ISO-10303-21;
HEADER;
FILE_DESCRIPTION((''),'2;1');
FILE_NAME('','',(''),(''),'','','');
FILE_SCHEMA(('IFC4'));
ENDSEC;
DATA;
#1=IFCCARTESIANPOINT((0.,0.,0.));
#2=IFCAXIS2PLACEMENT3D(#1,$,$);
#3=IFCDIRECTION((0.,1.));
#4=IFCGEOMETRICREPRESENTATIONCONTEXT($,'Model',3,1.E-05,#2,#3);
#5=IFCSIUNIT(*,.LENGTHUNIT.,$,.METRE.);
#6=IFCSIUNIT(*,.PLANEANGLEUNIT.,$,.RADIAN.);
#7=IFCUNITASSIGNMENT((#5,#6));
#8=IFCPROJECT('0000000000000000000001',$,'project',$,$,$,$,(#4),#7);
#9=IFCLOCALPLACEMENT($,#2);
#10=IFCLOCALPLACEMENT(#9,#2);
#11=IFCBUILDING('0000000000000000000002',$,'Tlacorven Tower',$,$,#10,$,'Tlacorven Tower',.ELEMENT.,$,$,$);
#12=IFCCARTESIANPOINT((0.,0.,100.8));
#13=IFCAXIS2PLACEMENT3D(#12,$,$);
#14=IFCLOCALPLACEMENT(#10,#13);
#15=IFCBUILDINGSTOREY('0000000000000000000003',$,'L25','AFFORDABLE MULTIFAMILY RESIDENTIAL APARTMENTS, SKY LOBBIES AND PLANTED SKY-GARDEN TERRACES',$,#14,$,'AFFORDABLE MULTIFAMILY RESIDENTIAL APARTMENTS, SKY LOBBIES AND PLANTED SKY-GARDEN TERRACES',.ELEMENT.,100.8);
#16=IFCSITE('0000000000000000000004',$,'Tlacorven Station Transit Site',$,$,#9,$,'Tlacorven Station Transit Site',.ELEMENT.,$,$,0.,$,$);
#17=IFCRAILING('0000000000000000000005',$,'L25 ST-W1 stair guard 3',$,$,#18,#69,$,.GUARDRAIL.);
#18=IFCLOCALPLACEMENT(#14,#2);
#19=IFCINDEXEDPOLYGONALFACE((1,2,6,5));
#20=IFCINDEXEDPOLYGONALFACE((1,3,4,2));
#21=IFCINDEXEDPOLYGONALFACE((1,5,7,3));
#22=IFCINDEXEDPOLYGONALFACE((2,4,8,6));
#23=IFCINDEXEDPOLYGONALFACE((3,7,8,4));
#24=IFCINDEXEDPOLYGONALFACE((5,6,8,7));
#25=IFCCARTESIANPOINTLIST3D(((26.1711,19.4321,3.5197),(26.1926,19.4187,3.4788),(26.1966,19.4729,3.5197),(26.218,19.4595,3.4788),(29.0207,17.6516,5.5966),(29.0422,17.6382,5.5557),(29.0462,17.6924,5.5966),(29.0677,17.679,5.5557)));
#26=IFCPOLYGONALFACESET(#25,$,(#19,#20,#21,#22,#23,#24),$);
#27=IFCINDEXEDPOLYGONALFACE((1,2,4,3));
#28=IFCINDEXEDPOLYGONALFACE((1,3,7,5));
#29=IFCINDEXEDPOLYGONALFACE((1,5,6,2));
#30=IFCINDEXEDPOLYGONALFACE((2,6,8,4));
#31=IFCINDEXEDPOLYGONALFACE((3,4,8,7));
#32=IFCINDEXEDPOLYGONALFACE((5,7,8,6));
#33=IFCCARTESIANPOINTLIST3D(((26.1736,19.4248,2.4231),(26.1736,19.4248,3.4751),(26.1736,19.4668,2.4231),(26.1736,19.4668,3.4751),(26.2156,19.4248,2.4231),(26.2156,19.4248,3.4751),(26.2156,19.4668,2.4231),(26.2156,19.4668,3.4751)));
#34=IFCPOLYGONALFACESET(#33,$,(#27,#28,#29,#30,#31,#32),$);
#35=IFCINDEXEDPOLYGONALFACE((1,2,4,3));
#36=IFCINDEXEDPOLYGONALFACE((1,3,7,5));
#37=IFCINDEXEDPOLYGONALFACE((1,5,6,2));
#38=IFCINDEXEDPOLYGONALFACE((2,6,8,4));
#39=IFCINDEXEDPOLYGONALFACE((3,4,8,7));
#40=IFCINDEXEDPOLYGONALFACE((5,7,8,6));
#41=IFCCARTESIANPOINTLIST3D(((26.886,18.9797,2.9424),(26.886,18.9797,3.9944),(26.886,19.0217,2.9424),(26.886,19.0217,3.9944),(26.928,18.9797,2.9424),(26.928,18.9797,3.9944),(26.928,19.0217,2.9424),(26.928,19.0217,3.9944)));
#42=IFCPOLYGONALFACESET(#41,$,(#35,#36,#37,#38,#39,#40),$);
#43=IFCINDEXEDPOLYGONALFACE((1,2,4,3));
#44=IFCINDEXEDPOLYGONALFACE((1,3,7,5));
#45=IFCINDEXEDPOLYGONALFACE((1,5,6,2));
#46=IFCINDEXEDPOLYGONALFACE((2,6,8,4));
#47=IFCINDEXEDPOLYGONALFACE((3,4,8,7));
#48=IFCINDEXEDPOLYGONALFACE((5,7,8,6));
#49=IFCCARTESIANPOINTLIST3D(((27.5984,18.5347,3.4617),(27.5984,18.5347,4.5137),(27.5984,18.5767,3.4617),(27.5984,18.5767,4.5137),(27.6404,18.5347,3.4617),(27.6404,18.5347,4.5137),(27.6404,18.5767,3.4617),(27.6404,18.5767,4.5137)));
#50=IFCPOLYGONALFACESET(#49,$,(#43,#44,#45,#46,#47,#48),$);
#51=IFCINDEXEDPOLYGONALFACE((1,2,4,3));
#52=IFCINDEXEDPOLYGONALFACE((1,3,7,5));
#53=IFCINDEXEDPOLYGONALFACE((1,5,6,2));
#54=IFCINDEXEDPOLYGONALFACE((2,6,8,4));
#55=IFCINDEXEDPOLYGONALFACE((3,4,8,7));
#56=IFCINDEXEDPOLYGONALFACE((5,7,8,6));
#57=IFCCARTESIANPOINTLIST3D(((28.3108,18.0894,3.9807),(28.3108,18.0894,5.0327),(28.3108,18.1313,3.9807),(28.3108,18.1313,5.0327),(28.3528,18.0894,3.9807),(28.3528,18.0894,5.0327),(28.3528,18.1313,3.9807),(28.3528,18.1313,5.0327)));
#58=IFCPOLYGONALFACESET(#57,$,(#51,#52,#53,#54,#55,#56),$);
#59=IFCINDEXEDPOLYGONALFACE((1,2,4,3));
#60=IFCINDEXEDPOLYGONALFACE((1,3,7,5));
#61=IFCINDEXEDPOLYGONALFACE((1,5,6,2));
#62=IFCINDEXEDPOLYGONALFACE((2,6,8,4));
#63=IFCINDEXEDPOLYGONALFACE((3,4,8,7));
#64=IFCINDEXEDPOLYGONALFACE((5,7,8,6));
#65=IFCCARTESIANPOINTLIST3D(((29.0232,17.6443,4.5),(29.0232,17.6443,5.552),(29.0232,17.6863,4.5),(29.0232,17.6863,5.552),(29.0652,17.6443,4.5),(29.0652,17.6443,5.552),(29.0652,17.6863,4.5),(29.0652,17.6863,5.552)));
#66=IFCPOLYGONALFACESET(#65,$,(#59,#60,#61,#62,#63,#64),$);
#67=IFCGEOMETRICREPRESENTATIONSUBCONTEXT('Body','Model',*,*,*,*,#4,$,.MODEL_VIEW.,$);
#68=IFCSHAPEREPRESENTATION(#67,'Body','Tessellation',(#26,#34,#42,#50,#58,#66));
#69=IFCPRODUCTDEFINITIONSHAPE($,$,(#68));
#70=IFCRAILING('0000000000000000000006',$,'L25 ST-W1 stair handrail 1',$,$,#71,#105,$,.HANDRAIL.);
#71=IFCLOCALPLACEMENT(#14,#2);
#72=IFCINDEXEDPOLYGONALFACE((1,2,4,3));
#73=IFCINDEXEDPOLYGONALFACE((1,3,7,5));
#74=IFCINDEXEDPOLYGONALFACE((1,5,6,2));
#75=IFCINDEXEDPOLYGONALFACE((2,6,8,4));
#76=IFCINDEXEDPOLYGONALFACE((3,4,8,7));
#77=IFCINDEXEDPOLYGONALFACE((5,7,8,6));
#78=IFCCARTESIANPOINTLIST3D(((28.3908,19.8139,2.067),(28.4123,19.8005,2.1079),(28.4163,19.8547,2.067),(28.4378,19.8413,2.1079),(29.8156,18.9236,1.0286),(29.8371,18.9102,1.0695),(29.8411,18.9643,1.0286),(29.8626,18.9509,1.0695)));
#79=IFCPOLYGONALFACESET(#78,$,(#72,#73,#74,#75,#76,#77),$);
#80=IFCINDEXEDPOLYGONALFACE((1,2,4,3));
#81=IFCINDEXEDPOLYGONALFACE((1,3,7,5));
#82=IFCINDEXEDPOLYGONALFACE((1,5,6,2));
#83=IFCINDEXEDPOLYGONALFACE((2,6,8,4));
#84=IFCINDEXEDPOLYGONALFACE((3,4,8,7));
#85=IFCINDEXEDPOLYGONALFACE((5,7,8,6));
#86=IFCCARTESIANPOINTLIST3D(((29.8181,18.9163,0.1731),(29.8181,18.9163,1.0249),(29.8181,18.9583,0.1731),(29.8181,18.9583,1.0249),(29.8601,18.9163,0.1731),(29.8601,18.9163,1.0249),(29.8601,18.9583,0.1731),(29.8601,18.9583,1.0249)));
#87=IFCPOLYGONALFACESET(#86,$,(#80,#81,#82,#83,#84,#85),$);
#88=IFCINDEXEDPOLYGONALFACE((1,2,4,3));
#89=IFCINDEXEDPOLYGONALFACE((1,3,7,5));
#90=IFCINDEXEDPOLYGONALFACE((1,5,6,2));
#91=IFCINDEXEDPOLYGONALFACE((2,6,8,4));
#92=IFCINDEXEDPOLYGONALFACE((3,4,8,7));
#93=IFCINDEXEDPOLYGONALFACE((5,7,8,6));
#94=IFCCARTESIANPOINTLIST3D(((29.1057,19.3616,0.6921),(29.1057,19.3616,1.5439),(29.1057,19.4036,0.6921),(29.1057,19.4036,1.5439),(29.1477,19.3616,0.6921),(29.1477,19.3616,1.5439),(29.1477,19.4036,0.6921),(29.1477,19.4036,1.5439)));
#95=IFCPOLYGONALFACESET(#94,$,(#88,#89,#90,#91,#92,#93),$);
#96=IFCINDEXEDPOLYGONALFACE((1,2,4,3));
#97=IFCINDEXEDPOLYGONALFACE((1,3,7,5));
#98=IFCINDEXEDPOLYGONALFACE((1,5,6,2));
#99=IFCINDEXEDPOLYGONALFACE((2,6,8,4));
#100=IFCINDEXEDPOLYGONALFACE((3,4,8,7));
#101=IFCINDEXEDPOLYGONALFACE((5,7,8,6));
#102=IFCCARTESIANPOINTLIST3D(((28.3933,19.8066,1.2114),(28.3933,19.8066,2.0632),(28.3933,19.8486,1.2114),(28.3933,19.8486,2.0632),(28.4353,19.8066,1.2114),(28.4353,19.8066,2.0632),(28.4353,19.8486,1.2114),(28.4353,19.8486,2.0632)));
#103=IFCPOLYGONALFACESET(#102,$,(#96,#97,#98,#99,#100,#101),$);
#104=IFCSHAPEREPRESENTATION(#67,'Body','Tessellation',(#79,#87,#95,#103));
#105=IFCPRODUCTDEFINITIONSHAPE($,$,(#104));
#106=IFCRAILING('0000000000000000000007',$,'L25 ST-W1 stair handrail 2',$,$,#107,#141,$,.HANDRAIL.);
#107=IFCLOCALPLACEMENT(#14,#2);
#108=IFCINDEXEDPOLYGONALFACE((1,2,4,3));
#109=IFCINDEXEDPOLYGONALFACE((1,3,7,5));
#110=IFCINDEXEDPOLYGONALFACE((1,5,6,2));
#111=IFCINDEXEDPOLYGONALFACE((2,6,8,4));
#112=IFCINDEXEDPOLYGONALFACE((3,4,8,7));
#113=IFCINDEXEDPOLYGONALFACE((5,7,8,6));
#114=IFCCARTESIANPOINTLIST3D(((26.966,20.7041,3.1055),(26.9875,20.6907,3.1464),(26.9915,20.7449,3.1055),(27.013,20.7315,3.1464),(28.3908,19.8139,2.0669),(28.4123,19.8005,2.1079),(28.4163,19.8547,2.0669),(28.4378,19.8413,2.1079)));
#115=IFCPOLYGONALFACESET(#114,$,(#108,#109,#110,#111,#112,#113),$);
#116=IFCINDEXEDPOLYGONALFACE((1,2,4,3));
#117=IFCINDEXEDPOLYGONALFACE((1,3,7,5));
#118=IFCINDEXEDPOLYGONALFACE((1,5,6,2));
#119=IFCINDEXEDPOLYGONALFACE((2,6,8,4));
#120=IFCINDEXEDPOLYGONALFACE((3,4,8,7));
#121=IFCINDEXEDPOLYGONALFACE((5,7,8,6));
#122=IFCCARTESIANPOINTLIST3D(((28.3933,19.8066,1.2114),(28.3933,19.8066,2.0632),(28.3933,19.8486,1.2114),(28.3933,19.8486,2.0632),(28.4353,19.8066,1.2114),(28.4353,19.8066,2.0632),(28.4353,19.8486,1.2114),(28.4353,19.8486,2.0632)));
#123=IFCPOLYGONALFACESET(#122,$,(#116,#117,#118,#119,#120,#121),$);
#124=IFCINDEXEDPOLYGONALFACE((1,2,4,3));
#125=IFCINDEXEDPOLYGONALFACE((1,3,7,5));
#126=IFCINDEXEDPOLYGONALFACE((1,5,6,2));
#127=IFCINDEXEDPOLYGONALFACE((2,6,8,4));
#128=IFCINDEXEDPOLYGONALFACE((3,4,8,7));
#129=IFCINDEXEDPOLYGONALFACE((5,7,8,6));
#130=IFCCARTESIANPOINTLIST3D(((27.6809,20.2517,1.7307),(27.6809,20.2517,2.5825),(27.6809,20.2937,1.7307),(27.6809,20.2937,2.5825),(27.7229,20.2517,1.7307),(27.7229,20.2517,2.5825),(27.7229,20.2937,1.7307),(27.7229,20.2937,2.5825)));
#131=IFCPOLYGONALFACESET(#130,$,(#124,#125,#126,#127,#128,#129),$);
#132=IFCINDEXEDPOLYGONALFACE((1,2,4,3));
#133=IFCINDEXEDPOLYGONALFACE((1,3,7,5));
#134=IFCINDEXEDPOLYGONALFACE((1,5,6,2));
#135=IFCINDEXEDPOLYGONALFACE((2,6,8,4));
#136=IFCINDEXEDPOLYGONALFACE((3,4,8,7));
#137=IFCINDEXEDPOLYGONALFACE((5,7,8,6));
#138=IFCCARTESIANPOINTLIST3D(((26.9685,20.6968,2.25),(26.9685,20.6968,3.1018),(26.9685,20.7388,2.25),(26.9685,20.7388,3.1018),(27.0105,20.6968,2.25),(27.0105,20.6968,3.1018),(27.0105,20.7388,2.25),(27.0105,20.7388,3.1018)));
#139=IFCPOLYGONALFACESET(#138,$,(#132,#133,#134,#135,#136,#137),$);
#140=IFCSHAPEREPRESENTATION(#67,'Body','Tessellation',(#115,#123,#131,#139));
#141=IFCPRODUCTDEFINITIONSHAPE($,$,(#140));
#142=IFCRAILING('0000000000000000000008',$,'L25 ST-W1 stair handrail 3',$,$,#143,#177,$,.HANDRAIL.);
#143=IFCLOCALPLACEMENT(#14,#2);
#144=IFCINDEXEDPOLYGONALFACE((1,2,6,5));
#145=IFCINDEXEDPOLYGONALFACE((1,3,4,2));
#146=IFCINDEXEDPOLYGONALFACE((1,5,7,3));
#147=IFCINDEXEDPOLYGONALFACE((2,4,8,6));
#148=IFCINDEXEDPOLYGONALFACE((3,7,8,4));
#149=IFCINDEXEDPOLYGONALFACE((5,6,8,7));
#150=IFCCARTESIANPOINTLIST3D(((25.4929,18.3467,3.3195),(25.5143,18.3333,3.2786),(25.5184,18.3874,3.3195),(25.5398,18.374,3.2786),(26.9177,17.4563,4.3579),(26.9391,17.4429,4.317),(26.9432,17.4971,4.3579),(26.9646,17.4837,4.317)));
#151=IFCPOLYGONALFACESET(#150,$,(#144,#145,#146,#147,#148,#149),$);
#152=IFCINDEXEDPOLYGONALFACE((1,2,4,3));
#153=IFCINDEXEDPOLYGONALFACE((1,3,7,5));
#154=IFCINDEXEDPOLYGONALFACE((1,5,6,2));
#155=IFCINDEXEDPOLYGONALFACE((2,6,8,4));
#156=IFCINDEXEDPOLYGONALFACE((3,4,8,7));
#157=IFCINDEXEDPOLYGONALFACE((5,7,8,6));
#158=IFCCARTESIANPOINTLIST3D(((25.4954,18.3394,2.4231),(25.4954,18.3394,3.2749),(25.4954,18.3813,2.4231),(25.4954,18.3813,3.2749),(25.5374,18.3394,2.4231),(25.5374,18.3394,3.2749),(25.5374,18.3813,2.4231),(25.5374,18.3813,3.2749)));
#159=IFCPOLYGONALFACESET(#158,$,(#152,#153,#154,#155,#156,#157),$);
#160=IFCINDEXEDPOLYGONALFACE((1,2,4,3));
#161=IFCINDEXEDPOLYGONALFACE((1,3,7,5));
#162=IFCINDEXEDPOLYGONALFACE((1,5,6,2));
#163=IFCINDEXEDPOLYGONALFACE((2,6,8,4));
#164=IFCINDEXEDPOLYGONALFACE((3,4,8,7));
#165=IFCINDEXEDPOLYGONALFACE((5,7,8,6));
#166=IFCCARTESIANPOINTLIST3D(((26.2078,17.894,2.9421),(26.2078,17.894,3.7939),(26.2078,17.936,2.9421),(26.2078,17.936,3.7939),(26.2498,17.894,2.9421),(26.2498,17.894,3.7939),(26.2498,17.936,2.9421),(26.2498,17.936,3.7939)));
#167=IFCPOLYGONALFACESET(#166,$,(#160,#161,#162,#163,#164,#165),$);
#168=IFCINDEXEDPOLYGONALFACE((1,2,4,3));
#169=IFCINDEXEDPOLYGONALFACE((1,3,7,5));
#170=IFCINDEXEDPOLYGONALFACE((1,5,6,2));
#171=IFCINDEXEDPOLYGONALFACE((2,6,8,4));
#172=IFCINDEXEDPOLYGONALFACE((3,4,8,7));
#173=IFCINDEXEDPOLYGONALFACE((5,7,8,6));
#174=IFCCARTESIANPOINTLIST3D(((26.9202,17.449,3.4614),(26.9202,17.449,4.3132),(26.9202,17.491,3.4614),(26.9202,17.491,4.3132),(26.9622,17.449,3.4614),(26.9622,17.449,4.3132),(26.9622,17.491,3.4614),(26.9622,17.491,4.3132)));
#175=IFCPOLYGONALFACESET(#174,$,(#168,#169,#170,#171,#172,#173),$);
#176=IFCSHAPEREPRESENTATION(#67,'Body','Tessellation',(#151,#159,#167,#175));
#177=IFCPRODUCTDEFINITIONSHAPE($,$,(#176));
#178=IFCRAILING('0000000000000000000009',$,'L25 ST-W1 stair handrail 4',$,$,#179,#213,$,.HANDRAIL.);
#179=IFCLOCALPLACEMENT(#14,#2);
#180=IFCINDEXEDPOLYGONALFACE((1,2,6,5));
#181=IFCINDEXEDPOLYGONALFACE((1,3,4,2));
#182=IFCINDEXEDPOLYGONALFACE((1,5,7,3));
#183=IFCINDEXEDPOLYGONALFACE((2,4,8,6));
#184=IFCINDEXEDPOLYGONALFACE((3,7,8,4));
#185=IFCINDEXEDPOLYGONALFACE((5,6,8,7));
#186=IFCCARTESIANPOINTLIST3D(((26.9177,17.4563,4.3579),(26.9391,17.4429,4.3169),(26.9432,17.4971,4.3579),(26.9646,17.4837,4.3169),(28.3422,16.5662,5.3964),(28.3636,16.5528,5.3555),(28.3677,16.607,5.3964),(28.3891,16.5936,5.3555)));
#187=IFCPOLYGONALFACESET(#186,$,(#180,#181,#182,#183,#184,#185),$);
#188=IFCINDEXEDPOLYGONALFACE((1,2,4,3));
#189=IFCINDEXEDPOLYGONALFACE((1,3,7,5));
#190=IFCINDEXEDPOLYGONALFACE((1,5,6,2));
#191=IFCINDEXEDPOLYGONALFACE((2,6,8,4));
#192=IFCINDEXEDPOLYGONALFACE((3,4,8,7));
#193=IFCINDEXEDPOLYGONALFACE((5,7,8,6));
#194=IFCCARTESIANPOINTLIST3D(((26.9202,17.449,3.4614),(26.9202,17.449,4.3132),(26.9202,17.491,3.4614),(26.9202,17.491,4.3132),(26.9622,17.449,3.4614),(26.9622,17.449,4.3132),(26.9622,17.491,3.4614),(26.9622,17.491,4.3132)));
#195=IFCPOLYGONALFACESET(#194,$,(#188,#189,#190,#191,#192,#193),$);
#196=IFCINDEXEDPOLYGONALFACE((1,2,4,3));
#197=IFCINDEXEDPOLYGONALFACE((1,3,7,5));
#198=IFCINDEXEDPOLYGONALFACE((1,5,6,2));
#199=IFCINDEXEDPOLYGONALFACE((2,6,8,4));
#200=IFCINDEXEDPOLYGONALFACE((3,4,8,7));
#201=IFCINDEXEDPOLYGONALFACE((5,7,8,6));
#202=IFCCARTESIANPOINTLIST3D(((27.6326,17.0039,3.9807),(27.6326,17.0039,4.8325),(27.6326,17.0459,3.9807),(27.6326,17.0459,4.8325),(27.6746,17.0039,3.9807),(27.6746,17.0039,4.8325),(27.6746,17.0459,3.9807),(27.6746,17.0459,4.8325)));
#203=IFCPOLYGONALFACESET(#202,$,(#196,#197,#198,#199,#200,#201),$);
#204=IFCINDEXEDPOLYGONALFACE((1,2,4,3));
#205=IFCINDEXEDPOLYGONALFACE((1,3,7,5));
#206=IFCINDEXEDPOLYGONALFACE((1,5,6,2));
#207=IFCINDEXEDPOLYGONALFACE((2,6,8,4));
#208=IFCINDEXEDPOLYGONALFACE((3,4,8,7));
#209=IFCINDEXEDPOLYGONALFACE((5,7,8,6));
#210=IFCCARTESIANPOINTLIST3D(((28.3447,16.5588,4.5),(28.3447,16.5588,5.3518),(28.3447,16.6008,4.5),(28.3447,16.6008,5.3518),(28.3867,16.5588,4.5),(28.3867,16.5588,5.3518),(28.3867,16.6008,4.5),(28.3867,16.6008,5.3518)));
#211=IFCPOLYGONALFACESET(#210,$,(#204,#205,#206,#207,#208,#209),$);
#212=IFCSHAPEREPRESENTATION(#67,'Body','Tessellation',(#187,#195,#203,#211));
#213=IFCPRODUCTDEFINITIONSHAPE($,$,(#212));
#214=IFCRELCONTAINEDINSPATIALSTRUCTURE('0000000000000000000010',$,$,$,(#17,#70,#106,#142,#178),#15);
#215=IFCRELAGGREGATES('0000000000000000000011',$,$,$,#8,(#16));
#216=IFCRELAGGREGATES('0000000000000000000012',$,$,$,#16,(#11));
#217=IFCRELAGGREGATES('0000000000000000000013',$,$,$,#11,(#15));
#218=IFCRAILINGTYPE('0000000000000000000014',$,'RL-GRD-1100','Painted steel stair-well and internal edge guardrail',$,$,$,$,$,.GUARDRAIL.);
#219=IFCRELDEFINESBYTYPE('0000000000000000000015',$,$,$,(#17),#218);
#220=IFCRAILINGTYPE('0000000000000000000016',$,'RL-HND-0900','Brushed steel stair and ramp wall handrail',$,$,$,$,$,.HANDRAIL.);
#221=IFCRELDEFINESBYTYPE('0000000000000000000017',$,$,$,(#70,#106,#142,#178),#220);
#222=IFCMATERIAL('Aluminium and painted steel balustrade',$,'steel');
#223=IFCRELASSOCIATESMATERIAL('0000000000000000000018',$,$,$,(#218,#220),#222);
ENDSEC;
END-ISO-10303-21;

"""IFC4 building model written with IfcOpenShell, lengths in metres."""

from ifc_helpers import new_model, si_unit, direction, frame, origin, origin_2d, place, context, subcontext, project, spatial, rectangle, extrude, source, transform, mapped, material, type_object, element, save


model = new_model("IFC4")

# Units and contexts
model_context = context("Model", 3, precision=1e-05, world=origin(), true_north=direction((0.0, 1.0)))
body_context = subcontext(model_context, "Body", "Model", "MODEL_VIEW")
ifc_project = project(units=[si_unit("LENGTHUNIT", "METRE"), si_unit("PLANEANGLEUNIT", "RADIAN")], contexts=[model_context])

# Site, building, storey
site_placement = place(None, origin())
site = spatial("IfcSite", under=ifc_project, at=site_placement, Name="Tlacorven Station Transit Site", LongName="Tlacorven Station Transit Site", CompositionType="ELEMENT", RefElevation=0.0)
building_placement = place(site_placement, origin())
building = spatial("IfcBuilding", under=site, at=building_placement, Name="Tlacorven Tower", LongName="Tlacorven Tower", CompositionType="ELEMENT")
storey_placement = place(building_placement, frame((0.0, 0.0, 100.8)))
storey = spatial("IfcBuildingStorey", under=building, at=storey_placement, Name="L25", Description="AFFORDABLE MULTIFAMILY RESIDENTIAL APARTMENTS, SKY LOBBIES AND PLANTED SKY-GARDEN TERRACES", LongName="AFFORDABLE MULTIFAMILY RESIDENTIAL APARTMENTS, SKY LOBBIES AND PLANTED SKY-GARDEN TERRACES", CompositionType="ELEMENT", Elevation=100.8)

# Shared definitions
ifc_material_1 = material(Name="Aluminium and painted steel balustrade", Category="steel")
railing_type_1 = type_object("IfcRailingType", Name="RL-GRD-1100", Description="Painted steel stair-well and internal edge guardrail", PredefinedType="GUARDRAIL", material=ifc_material_1)

# Railings
shared_shape_1 = source(origin(), body_context, "Body", "SweptSolid", [
    extrude(rectangle(XDim=0.0481, YDim=0.0481, at=origin_2d()), frame((0.0, 0.0, 1.0762), z_axis=(0.721384, -0.450742, 0.525772), x_axis=(0.529894, 0.848064, 0.0)), (0.0, 0.0, 1.0), 3.9502),
    extrude(rectangle(XDim=0.042, YDim=0.042, at=origin_2d()), origin(), (0.0, 0.0, 1.0), 1.052),
    extrude(rectangle(XDim=0.042, YDim=0.042, at=origin_2d()), frame((0.7124, -0.4451, 0.5193)), (0.0, 0.0, 1.0), 1.052),
    extrude(rectangle(XDim=0.042, YDim=0.042, at=origin_2d()), frame((1.4248, -0.8901, 1.0386)), (0.0, 0.0, 1.0), 1.052),
    extrude(rectangle(XDim=0.042, YDim=0.042, at=origin_2d()), frame((2.1372, -1.3354, 1.5576)), (0.0, 0.0, 1.0), 1.052),
    extrude(rectangle(XDim=0.042, YDim=0.042, at=origin_2d()), frame((2.8496, -1.7805, 2.0769)), (0.0, 0.0, 1.0), 1.052),
])
railing_1_placement = place(storey_placement, frame((26.1946, 19.4458, 2.4231)))
element("IfcRailing", 1, at=railing_1_placement, inside=storey, type_object=railing_type_1, Name="L25 ST-W1 stair guard 3", PredefinedType="GUARDRAIL", context=body_context, shape_type="MappedRepresentation", body=[
    mapped(shared_shape_1, transform((0.0, 0.0, 0.0), scale=1.0)),
])
railing_type_2 = type_object("IfcRailingType", Name="RL-HND-0900", Description="Brushed steel stair and ramp wall handrail", PredefinedType="HANDRAIL", material=ifc_material_1)
shared_shape_2 = source(origin(), body_context, "Body", "SweptSolid", [
    extrude(rectangle(XDim=0.0481, YDim=0.0481, at=origin_2d()), frame((0.0, 0.0, 0.876), z_axis=(-0.721388, 0.450805, 0.525713), x_axis=(-0.529947, -0.848031, 0.0)), (0.0, 0.0, 1.0), 1.9751),
    extrude(rectangle(XDim=0.042, YDim=0.042, at=origin_2d()), origin(), (0.0, 0.0, 1.0), 0.8518),
    extrude(rectangle(XDim=0.042, YDim=0.042, at=origin_2d()), frame((-0.7124, 0.4453, 0.519)), (0.0, 0.0, 1.0), 0.8518),
    extrude(rectangle(XDim=0.042, YDim=0.042, at=origin_2d()), frame((-1.4248, 0.8904, 1.0383)), (0.0, 0.0, 1.0), 0.8518),
])
railing_2_placement = place(storey_placement, frame((29.8391, 18.9373, 0.1731)))
element("IfcRailing", 2, at=railing_2_placement, inside=storey, type_object=railing_type_2, Name="L25 ST-W1 stair handrail 1", PredefinedType="HANDRAIL", context=body_context, shape_type="MappedRepresentation", body=[
    mapped(shared_shape_2, transform((0.0, 0.0, 0.0), scale=1.0)),
])
shared_shape_3 = source(origin(), body_context, "Body", "SweptSolid", [
    extrude(rectangle(XDim=0.0481, YDim=0.0481, at=origin_2d()), frame((0.0, 0.0, 0.876), z_axis=(-0.721381, 0.450678, 0.525832), x_axis=(-0.529842, -0.848096, 0.0)), (0.0, 0.0, 1.0), 1.9751),
    extrude(rectangle(XDim=0.042, YDim=0.042, at=origin_2d()), origin(), (0.0, 0.0, 1.0), 0.8518),
    extrude(rectangle(XDim=0.042, YDim=0.042, at=origin_2d()), frame((-0.7124, 0.4451, 0.5193)), (0.0, 0.0, 1.0), 0.8518),
    extrude(rectangle(XDim=0.042, YDim=0.042, at=origin_2d()), frame((-1.4248, 0.8901, 1.0386)), (0.0, 0.0, 1.0), 0.8518),
])
railing_3_placement = place(storey_placement, frame((28.4143, 19.8276, 1.2114)))
element("IfcRailing", 3, at=railing_3_placement, inside=storey, type_object=railing_type_2, Name="L25 ST-W1 stair handrail 2", PredefinedType="HANDRAIL", context=body_context, shape_type="MappedRepresentation", body=[
    mapped(shared_shape_3, transform((0.0, 0.0, 0.0), scale=1.0)),
])
shared_shape_4 = source(origin(), body_context, "Body", "SweptSolid", [
    extrude(rectangle(XDim=0.0481, YDim=0.0481, at=origin_2d()), frame((0.0, 0.0, 0.876), z_axis=(0.721388, -0.450805, 0.525713), x_axis=(0.529947, 0.848031, 0.0)), (0.0, 0.0, 1.0), 1.9751),
    extrude(rectangle(XDim=0.042, YDim=0.042, at=origin_2d()), origin(), (0.0, 0.0, 1.0), 0.8518),
    extrude(rectangle(XDim=0.042, YDim=0.042, at=origin_2d()), frame((0.7124, -0.4453, 0.519)), (0.0, 0.0, 1.0), 0.8518),
    extrude(rectangle(XDim=0.042, YDim=0.042, at=origin_2d()), frame((1.4248, -0.8904, 1.0383)), (0.0, 0.0, 1.0), 0.8518),
])
railing_4_placement = place(storey_placement, frame((25.5164, 18.3604, 2.4231)))
element("IfcRailing", 4, at=railing_4_placement, inside=storey, type_object=railing_type_2, Name="L25 ST-W1 stair handrail 3", PredefinedType="HANDRAIL", context=body_context, shape_type="MappedRepresentation", body=[
    mapped(shared_shape_4, transform((0.0, 0.0, 0.0), scale=1.0)),
])
shared_shape_5 = source(origin(), body_context, "Body", "SweptSolid", [
    extrude(rectangle(XDim=0.0481, YDim=0.0481, at=origin_2d()), frame((0.0, 0.0, 0.876), z_axis=(0.721322, -0.450718, 0.525879), x_axis=(0.529907, 0.848055, 0.0)), (0.0, 0.0, 1.0), 1.9749),
    extrude(rectangle(XDim=0.042, YDim=0.042, at=origin_2d()), origin(), (0.0, 0.0, 1.0), 0.8518),
    extrude(rectangle(XDim=0.042, YDim=0.042, at=origin_2d()), frame((0.7124, -0.4451, 0.5193)), (0.0, 0.0, 1.0), 0.8518),
    extrude(rectangle(XDim=0.042, YDim=0.042, at=origin_2d()), frame((1.4246, -0.8901, 1.0386)), (0.0, 0.0, 1.0), 0.8518),
])
railing_5_placement = place(storey_placement, frame((26.9412, 17.47, 3.4614)))
element("IfcRailing", 5, at=railing_5_placement, inside=storey, type_object=railing_type_2, Name="L25 ST-W1 stair handrail 4", PredefinedType="HANDRAIL", context=body_context, shape_type="MappedRepresentation", body=[
    mapped(shared_shape_5, transform((0.0, 0.0, 0.0), scale=1.0)),
])

save(model, "model.ifc")
